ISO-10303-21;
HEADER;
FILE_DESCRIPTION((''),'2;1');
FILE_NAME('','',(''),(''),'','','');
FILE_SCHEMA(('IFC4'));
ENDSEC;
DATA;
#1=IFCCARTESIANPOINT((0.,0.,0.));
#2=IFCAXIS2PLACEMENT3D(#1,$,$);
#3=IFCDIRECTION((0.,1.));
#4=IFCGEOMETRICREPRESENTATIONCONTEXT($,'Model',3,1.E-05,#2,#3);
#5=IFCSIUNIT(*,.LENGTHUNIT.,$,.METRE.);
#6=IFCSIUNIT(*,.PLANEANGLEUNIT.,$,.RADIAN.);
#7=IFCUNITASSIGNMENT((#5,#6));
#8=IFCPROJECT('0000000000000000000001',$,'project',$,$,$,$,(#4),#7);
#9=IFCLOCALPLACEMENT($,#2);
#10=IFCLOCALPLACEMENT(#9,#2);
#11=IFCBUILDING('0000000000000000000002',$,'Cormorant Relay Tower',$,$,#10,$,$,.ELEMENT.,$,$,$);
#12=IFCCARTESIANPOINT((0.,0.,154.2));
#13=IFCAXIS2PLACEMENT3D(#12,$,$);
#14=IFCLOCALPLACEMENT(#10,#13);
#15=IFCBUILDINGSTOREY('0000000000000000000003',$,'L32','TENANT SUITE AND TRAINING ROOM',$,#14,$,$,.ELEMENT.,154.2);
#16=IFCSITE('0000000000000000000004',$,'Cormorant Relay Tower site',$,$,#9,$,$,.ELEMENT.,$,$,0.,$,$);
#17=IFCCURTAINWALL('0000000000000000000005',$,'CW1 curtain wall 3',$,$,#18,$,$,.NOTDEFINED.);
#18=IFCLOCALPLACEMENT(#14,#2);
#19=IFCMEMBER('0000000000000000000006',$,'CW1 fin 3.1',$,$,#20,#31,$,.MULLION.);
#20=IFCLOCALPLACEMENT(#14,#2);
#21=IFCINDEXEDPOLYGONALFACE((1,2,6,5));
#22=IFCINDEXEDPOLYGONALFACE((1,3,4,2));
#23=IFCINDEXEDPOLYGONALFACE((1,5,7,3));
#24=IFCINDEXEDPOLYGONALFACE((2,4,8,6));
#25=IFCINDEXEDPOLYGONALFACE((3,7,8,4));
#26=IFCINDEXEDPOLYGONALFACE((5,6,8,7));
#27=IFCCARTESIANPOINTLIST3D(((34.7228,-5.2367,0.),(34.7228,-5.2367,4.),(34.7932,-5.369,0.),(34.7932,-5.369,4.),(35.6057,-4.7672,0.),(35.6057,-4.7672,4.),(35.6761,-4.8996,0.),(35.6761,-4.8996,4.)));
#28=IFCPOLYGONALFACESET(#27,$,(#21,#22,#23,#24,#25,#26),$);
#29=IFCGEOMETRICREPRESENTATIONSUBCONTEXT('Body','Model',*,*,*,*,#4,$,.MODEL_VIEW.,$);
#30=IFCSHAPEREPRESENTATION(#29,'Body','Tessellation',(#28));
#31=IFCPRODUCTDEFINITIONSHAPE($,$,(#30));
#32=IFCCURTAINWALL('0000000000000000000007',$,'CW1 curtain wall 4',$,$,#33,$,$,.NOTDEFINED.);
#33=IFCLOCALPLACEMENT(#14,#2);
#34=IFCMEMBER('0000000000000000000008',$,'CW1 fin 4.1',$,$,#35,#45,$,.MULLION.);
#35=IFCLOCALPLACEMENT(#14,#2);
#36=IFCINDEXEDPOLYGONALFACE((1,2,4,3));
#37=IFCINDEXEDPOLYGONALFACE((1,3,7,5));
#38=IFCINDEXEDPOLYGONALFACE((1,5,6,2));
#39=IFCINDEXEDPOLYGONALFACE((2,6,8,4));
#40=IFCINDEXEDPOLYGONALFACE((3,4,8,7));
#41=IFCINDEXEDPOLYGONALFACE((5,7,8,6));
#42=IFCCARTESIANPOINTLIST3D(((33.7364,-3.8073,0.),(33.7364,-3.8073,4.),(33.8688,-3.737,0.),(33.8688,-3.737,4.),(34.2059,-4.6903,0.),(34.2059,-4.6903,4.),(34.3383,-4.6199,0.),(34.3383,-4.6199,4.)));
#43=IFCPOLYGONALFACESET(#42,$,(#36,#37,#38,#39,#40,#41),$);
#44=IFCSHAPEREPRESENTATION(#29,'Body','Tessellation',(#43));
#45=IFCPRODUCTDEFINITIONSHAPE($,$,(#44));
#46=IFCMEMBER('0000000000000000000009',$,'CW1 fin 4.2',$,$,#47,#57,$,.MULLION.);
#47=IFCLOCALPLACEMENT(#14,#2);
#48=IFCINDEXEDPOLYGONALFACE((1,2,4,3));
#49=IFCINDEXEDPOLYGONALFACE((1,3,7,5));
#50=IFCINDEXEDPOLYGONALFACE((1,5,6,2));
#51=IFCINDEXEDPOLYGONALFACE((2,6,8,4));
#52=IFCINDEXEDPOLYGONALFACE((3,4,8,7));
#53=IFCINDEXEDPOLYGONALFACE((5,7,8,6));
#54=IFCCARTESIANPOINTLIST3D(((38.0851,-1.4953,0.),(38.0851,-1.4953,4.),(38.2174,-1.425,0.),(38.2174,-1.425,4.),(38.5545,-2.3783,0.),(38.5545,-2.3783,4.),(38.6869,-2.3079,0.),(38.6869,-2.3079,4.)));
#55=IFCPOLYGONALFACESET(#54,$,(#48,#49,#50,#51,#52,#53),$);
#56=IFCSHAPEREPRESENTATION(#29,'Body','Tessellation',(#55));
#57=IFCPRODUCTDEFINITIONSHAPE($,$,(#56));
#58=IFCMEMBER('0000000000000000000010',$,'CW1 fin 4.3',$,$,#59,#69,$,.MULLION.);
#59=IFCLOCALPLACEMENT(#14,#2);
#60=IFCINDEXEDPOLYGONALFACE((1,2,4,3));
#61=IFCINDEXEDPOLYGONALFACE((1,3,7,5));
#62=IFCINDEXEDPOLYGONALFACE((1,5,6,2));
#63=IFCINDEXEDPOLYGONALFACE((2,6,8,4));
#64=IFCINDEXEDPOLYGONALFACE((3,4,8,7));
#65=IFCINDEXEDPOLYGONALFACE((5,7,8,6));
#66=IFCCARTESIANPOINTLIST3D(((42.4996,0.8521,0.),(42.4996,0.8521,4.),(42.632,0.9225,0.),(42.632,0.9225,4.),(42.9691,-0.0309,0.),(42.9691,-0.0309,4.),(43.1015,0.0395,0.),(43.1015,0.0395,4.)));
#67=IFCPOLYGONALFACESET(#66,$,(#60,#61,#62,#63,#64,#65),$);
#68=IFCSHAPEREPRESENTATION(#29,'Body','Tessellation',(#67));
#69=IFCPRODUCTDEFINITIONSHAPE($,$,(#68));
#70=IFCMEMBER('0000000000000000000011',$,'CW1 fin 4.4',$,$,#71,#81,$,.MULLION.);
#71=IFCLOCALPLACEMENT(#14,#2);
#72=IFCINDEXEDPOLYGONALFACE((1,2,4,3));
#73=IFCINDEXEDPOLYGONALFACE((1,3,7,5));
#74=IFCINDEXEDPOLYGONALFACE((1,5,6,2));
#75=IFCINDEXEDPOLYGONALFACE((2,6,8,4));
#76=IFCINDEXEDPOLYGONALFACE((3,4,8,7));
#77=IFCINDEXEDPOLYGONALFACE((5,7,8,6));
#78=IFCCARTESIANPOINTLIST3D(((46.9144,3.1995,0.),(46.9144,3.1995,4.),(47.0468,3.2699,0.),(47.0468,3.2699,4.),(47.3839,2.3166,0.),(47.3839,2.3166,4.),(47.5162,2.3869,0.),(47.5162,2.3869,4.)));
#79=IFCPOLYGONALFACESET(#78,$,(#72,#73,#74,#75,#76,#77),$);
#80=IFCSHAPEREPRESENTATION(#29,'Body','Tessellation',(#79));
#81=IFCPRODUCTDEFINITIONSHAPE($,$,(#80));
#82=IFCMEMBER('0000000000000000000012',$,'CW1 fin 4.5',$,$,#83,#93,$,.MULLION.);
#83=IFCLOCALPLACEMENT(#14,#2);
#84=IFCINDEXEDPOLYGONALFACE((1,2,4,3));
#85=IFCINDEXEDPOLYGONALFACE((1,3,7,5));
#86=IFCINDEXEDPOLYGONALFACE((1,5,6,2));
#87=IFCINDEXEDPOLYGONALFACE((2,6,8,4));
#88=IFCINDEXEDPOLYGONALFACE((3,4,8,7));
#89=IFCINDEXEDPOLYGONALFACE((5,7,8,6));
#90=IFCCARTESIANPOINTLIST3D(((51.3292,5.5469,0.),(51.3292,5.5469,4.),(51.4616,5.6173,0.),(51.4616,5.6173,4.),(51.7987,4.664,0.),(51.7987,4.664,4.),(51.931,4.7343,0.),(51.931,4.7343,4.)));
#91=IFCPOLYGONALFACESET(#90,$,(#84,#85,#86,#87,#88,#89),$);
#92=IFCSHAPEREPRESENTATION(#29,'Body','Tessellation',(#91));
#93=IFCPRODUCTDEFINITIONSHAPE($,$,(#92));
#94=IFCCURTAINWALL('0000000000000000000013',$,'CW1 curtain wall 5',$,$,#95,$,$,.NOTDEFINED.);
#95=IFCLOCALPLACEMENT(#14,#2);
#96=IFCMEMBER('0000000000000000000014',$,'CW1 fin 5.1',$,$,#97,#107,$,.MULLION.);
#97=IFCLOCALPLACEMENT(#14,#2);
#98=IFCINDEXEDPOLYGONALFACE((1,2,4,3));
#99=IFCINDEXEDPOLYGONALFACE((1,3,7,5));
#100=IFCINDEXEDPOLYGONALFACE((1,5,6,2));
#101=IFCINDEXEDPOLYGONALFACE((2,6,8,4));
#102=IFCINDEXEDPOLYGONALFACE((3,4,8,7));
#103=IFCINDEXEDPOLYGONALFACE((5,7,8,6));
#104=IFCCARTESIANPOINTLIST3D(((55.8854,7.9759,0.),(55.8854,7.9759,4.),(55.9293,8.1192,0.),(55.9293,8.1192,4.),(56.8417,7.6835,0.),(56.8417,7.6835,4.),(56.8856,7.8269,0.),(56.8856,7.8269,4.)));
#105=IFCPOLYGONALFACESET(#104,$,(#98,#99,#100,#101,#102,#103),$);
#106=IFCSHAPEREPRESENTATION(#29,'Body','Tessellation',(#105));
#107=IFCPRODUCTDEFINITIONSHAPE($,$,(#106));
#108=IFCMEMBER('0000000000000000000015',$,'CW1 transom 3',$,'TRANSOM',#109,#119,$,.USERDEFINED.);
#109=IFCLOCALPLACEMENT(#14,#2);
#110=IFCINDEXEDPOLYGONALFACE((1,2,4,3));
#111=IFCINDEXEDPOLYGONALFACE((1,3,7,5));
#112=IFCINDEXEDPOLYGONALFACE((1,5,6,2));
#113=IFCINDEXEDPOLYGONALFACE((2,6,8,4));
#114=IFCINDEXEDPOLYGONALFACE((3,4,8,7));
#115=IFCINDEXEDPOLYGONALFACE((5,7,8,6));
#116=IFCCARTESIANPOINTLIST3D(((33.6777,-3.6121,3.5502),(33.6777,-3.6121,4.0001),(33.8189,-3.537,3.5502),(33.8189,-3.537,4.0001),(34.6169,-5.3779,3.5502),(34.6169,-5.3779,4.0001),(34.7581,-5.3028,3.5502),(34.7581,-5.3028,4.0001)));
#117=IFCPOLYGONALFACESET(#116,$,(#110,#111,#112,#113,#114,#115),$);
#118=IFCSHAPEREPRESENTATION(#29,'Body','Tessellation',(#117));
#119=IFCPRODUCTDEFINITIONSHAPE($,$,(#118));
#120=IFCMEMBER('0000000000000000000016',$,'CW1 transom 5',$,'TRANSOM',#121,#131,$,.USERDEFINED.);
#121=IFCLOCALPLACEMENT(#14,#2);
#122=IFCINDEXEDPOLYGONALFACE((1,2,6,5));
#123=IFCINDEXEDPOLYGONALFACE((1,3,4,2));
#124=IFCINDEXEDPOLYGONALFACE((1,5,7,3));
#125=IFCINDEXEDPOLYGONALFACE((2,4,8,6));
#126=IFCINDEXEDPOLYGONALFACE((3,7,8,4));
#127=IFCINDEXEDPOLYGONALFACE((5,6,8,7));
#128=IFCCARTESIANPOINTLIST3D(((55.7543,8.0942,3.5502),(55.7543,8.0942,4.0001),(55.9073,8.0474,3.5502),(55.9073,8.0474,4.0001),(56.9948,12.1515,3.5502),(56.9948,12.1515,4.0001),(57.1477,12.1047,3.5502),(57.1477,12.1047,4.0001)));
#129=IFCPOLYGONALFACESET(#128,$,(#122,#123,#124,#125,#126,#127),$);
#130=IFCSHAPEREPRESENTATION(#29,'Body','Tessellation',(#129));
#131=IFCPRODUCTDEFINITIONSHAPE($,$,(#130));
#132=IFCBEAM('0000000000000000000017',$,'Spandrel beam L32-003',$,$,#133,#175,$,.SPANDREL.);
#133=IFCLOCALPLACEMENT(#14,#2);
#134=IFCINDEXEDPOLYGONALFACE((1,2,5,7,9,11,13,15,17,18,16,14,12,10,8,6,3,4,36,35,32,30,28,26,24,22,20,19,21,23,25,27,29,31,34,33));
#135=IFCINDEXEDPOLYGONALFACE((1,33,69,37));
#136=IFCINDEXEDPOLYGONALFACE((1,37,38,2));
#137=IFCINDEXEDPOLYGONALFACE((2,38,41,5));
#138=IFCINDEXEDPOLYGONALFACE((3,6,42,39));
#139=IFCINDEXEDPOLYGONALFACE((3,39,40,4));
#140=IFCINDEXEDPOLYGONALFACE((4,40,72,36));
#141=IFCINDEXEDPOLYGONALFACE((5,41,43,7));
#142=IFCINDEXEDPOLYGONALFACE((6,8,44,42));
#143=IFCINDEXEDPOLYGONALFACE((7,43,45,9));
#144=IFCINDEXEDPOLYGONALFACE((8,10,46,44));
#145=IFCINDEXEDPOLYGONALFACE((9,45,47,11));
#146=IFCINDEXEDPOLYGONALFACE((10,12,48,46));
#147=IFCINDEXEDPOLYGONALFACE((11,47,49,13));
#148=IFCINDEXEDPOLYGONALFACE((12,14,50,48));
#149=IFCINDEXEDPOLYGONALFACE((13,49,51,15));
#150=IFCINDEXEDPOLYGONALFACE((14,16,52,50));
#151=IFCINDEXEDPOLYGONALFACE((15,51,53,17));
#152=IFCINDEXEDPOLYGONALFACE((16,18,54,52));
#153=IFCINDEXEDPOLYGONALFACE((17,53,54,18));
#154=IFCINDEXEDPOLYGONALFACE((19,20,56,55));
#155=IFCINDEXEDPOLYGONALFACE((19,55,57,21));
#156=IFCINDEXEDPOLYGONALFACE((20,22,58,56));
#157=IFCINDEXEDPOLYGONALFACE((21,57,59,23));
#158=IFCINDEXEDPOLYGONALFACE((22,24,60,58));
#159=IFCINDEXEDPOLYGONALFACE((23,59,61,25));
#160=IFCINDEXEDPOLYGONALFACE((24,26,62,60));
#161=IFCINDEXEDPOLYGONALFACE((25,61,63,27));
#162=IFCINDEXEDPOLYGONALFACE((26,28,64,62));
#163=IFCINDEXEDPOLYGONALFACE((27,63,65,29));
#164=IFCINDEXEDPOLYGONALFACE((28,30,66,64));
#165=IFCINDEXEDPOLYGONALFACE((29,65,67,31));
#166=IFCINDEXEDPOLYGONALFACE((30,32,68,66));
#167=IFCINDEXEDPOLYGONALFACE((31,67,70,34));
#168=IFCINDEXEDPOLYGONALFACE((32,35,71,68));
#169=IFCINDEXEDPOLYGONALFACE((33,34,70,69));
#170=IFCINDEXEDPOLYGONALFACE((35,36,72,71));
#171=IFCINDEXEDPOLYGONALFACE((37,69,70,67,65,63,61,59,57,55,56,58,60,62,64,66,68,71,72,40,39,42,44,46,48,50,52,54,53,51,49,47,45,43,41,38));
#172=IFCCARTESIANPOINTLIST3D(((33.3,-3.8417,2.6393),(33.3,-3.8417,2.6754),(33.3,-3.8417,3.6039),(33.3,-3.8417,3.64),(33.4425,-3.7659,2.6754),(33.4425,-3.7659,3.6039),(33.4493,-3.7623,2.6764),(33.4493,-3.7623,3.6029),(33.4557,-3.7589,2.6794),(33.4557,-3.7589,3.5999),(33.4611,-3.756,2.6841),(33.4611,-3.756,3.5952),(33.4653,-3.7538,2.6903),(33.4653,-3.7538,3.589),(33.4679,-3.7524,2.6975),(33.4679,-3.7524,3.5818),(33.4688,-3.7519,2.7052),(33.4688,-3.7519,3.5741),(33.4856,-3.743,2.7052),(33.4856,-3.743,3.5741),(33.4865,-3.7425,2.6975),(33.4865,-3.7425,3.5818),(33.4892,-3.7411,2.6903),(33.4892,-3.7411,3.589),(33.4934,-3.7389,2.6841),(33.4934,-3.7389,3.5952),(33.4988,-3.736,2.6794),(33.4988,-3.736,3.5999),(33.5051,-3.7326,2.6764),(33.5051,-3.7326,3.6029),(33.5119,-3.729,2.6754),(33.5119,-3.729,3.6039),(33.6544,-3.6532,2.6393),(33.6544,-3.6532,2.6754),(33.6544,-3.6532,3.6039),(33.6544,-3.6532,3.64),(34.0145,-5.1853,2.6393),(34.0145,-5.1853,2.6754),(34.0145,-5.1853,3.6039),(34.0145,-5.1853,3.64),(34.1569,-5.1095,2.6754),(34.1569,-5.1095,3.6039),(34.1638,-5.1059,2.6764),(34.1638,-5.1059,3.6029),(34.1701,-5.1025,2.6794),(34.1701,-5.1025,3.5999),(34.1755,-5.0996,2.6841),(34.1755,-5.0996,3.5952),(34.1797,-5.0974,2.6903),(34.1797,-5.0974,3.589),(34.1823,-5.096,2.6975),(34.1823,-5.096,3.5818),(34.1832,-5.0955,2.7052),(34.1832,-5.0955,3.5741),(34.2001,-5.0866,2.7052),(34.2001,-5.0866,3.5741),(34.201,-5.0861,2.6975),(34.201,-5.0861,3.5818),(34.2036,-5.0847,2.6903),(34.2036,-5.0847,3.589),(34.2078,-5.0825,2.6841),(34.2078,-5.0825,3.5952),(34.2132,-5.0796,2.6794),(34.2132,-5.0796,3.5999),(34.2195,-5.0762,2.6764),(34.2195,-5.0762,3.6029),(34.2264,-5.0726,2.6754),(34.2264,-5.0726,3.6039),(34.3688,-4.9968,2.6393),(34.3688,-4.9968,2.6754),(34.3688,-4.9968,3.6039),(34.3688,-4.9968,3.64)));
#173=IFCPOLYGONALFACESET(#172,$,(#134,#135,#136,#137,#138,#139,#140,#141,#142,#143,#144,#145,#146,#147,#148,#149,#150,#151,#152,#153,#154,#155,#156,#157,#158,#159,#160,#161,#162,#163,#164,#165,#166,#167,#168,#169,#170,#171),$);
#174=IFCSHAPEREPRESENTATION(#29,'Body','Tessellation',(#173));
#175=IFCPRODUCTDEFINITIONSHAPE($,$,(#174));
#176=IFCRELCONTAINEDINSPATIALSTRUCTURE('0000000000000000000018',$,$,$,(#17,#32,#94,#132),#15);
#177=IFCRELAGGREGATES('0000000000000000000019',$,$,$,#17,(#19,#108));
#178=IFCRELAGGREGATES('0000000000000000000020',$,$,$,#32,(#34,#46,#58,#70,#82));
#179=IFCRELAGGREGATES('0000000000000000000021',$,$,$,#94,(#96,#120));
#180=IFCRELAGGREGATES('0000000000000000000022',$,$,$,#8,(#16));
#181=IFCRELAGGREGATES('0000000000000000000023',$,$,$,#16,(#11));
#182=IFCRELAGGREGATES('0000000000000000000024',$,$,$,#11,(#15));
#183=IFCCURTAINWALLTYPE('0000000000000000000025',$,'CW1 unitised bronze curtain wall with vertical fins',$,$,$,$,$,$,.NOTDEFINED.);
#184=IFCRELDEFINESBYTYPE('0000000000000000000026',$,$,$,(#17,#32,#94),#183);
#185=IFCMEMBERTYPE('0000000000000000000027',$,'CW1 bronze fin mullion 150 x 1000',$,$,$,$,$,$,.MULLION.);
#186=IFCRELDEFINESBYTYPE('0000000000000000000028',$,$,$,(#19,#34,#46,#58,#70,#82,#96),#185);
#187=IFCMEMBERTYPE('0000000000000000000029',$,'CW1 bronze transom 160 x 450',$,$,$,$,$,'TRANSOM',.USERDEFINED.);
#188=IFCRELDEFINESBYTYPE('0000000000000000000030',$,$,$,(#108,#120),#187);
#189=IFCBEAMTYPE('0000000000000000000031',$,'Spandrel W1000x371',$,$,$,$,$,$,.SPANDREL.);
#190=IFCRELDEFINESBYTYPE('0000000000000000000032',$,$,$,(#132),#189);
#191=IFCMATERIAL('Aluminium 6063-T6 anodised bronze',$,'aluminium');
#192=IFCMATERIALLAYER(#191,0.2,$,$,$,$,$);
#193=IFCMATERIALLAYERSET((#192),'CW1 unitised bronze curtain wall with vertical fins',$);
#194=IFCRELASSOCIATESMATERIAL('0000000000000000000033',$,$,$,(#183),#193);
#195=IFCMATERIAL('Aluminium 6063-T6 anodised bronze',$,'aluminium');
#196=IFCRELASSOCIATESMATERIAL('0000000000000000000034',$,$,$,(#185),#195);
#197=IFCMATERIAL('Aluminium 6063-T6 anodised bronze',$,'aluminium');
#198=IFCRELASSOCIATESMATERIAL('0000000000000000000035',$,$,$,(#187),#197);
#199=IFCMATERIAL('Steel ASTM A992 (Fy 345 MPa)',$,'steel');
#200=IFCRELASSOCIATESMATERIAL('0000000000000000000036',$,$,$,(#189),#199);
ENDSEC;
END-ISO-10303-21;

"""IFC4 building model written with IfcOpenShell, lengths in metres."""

from ifc_helpers import new_model, si_unit, direction, frame, origin, origin_2d, place, context, subcontext, project, spatial, rectangle, i_section, extrude, material, layer, layer_set, material_profile, profile_set, type_object, element, aggregate, save


model = new_model("IFC4")

# Units and contexts
model_context = context("Model", 3, precision=1e-05, world=origin(), true_north=direction((0.0, 1.0)))
body_context = subcontext(model_context, "Body", "Model", "MODEL_VIEW")
ifc_project = project(units=[si_unit("LENGTHUNIT", "METRE"), si_unit("PLANEANGLEUNIT", "RADIAN")], contexts=[model_context])

# Site, building, storey
site_placement = place(None, origin())
site = spatial("IfcSite", under=ifc_project, at=site_placement, Name="Cormorant Relay Tower site", CompositionType="ELEMENT", RefElevation=0.0)
building_placement = place(site_placement, origin())
building = spatial("IfcBuilding", under=site, at=building_placement, Name="Cormorant Relay Tower", CompositionType="ELEMENT")
storey_placement = place(building_placement, frame((0.0, 0.0, 154.2)))
storey = spatial("IfcBuildingStorey", under=building, at=storey_placement, Name="L32", Description="TENANT SUITE AND TRAINING ROOM", CompositionType="ELEMENT", Elevation=154.2)

# Curtain wall, member
ifc_material_1 = material(Name="Aluminium 6063-T6 anodised bronze", Category="aluminium")
ifc_layer_1 = layer(ifc_material_1, 0.2)
ifc_layer_set_1 = layer_set([ifc_layer_1], Name="CW1 unitised bronze curtain wall with vertical fins")
curtain_wall_type = type_object("IfcCurtainWallType", Name="CW1 unitised bronze curtain wall with vertical fins", PredefinedType="NOTDEFINED", material=ifc_layer_set_1)
curtain_wall_1_placement = place(storey_placement, origin())
curtain_wall_1 = element("IfcCurtainWall", 1, at=curtain_wall_1_placement, inside=storey, type_object=curtain_wall_type, Name="CW1 curtain wall 3", PredefinedType="NOTDEFINED")
ifc_material_2 = material(Name="Aluminium 6063-T6 anodised bronze", Category="aluminium")
ifc_material_profile_1 = material_profile(ifc_material_2, rectangle(XDim=0.1499, YDim=1.0, at=origin_2d()), Name="AL 150x1000")
ifc_profile_set_1 = profile_set([ifc_material_profile_1], Name="Aluminium 6063-T6 anodised bronze")
member_type_1 = type_object("IfcMemberType", Name="CW1 bronze fin mullion 150 x 1000", PredefinedType="MULLION", material=ifc_profile_set_1)
member_1_placement = place(storey_placement, frame((35.1995, -5.0681, 0.0), z_axis=(0.0, 0.0, 1.0), x_axis=(-0.469472, 0.882948, 0.0)))
member_1 = element("IfcMember", 2, at=member_1_placement, type_object=member_type_1, Name="CW1 fin 3.1", PredefinedType="MULLION", context=body_context, shape_type="SweptSolid", body=[
    extrude(rectangle(XDim=0.1499, YDim=1.0, at=origin_2d()), origin(), (0.0, 0.0, 1.0), 4.0),
])

# Curtain wall, members
curtain_wall_2_placement = place(storey_placement, origin())
curtain_wall_2 = element("IfcCurtainWall", 3, at=curtain_wall_2_placement, inside=storey, type_object=curtain_wall_type, Name="CW1 curtain wall 4", PredefinedType="NOTDEFINED")
member_2_placement = place(storey_placement, frame((34.0374, -4.2136, 0.0), z_axis=(0.0, 0.0, 1.0), x_axis=(0.882948, 0.469472, 0.0)))
member_2 = element("IfcMember", 4, at=member_2_placement, type_object=member_type_1, Name="CW1 fin 4.1", PredefinedType="MULLION", context=body_context, shape_type="SweptSolid", body=[
    extrude(rectangle(XDim=0.1499, YDim=1.0, at=origin_2d()), origin(), (0.0, 0.0, 1.0), 4.0),
])
member_3_placement = place(storey_placement, frame((38.386, -1.9016, 0.0), z_axis=(0.0, 0.0, 1.0), x_axis=(0.882948, 0.469472, 0.0)))
member_3 = element("IfcMember", 5, at=member_3_placement, type_object=member_type_1, Name="CW1 fin 4.2", PredefinedType="MULLION", context=body_context, shape_type="SweptSolid", body=[
    extrude(rectangle(XDim=0.1499, YDim=1.0, at=origin_2d()), origin(), (0.0, 0.0, 1.0), 4.0),
])
member_4_placement = place(storey_placement, frame((42.8005, 0.4458, 0.0), z_axis=(0.0, 0.0, 1.0), x_axis=(0.882948, 0.469472, 0.0)))
member_4 = element("IfcMember", 6, at=member_4_placement, type_object=member_type_1, Name="CW1 fin 4.3", PredefinedType="MULLION", context=body_context, shape_type="SweptSolid", body=[
    extrude(rectangle(XDim=0.1499, YDim=1.0, at=origin_2d()), origin(), (0.0, 0.0, 1.0), 4.0),
])
member_5_placement = place(storey_placement, frame((47.2153, 2.7932, 0.0), z_axis=(0.0, 0.0, 1.0), x_axis=(0.882948, 0.469472, 0.0)))
member_5 = element("IfcMember", 7, at=member_5_placement, type_object=member_type_1, Name="CW1 fin 4.4", PredefinedType="MULLION", context=body_context, shape_type="SweptSolid", body=[
    extrude(rectangle(XDim=0.1499, YDim=1.0, at=origin_2d()), origin(), (0.0, 0.0, 1.0), 4.0),
])
member_6_placement = place(storey_placement, frame((51.6301, 5.1406, 0.0), z_axis=(0.0, 0.0, 1.0), x_axis=(0.882948, 0.469472, 0.0)))
member_6 = element("IfcMember", 8, at=member_6_placement, type_object=member_type_1, Name="CW1 fin 4.5", PredefinedType="MULLION", context=body_context, shape_type="SweptSolid", body=[
    extrude(rectangle(XDim=0.1499, YDim=1.0, at=origin_2d()), origin(), (0.0, 0.0, 1.0), 4.0),
])

# Curtain wall, member
curtain_wall_3_placement = place(storey_placement, origin())
curtain_wall_3 = element("IfcCurtainWall", 9, at=curtain_wall_3_placement, inside=storey, type_object=curtain_wall_type, Name="CW1 curtain wall 5", PredefinedType="NOTDEFINED")
member_7_placement = place(storey_placement, frame((56.3855, 7.9014, 0.0), z_axis=(0.0, 0.0, 1.0), x_axis=(0.292372, 0.956305, 0.0)))
member_7 = element("IfcMember", 10, at=member_7_placement, type_object=member_type_1, Name="CW1 fin 5.1", PredefinedType="MULLION", context=body_context, shape_type="SweptSolid", body=[
    extrude(rectangle(XDim=0.1499, YDim=1.0, at=origin_2d()), origin(), (0.0, 0.0, 1.0), 4.0),
])

# Members
ifc_material_3 = material(Name="Aluminium 6063-T6 anodised bronze", Category="aluminium")
ifc_material_profile_2 = material_profile(ifc_material_3, rectangle(XDim=0.1599, YDim=0.45, at=origin_2d()), Name="AL 160x450")
ifc_profile_set_2 = profile_set([ifc_material_profile_2], Name="Aluminium 6063-T6 anodised bronze")
member_type_2 = type_object("IfcMemberType", Name="CW1 bronze transom 160 x 450", ElementType="TRANSOM", PredefinedType="USERDEFINED", material=ifc_profile_set_2)
member_8_placement = place(storey_placement, frame((34.6875, -5.3403, 3.7751), z_axis=(-0.469581, 0.88289, 0.0), x_axis=(-0.88289, -0.469581, 0.0)))
member_8 = element("IfcMember", 11, at=member_8_placement, type_object=member_type_2, Name="CW1 transom 3", ObjectType="TRANSOM", PredefinedType="USERDEFINED", context=body_context, shape_type="SweptSolid", body=[
    extrude(rectangle(XDim=0.1599, YDim=0.45, at=origin_2d()), origin(), (0.0, 0.0, 1.0), 2.0),
])
member_9_placement = place(storey_placement, frame((55.8308, 8.0708, 3.7751), z_axis=(0.292375, 0.956304, 0.0), x_axis=(-0.956304, 0.292375, 0.0)))
member_9 = element("IfcMember", 12, at=member_9_placement, type_object=member_type_2, Name="CW1 transom 5", ObjectType="TRANSOM", PredefinedType="USERDEFINED", context=body_context, shape_type="SweptSolid", body=[
    extrude(rectangle(XDim=0.1599, YDim=0.45, at=origin_2d()), origin(), (0.0, 0.0, 1.0), 4.2427),
])

# Beam
ifc_material_4 = material(Name="Steel ASTM A992 (Fy 345 MPa)", Category="steel")
ifc_material_profile_3 = material_profile(ifc_material_4, i_section(OverallWidth=0.4014, OverallDepth=1.0007, WebThickness=0.019, FlangeThickness=0.0361, FilletRadius=0.0298, at=origin_2d()), Name="W1000x371")
ifc_profile_set_3 = profile_set([ifc_material_profile_3], Name="Steel ASTM A992 (Fy 345 MPa)")
beam_type = type_object("IfcBeamType", Name="Spandrel W1000x371", PredefinedType="SPANDREL", material=ifc_profile_set_3)
beam_1_placement = place(storey_placement, frame((34.1917, -5.0911, 3.1396), z_axis=(-0.469472, 0.882947, 0.0), x_axis=(-0.882947, -0.469472, 0.0)))
element("IfcBeam", 13, at=beam_1_placement, inside=storey, type_object=beam_type, Name="Spandrel beam L32-003", PredefinedType="SPANDREL", context=body_context, shape_type="SweptSolid", body=[
    extrude(i_section(OverallWidth=0.4014, OverallDepth=1.0007, WebThickness=0.019, FlangeThickness=0.0361, FilletRadius=0.0298, at=origin_2d()), origin(), (0.0, 0.0, 1.0), 1.5217),
])

aggregate(curtain_wall_1, [member_1, member_8])
aggregate(curtain_wall_2, [member_2, member_3, member_4, member_5, member_6])
aggregate(curtain_wall_3, [member_7, member_9])

save(model, "model.ifc")
